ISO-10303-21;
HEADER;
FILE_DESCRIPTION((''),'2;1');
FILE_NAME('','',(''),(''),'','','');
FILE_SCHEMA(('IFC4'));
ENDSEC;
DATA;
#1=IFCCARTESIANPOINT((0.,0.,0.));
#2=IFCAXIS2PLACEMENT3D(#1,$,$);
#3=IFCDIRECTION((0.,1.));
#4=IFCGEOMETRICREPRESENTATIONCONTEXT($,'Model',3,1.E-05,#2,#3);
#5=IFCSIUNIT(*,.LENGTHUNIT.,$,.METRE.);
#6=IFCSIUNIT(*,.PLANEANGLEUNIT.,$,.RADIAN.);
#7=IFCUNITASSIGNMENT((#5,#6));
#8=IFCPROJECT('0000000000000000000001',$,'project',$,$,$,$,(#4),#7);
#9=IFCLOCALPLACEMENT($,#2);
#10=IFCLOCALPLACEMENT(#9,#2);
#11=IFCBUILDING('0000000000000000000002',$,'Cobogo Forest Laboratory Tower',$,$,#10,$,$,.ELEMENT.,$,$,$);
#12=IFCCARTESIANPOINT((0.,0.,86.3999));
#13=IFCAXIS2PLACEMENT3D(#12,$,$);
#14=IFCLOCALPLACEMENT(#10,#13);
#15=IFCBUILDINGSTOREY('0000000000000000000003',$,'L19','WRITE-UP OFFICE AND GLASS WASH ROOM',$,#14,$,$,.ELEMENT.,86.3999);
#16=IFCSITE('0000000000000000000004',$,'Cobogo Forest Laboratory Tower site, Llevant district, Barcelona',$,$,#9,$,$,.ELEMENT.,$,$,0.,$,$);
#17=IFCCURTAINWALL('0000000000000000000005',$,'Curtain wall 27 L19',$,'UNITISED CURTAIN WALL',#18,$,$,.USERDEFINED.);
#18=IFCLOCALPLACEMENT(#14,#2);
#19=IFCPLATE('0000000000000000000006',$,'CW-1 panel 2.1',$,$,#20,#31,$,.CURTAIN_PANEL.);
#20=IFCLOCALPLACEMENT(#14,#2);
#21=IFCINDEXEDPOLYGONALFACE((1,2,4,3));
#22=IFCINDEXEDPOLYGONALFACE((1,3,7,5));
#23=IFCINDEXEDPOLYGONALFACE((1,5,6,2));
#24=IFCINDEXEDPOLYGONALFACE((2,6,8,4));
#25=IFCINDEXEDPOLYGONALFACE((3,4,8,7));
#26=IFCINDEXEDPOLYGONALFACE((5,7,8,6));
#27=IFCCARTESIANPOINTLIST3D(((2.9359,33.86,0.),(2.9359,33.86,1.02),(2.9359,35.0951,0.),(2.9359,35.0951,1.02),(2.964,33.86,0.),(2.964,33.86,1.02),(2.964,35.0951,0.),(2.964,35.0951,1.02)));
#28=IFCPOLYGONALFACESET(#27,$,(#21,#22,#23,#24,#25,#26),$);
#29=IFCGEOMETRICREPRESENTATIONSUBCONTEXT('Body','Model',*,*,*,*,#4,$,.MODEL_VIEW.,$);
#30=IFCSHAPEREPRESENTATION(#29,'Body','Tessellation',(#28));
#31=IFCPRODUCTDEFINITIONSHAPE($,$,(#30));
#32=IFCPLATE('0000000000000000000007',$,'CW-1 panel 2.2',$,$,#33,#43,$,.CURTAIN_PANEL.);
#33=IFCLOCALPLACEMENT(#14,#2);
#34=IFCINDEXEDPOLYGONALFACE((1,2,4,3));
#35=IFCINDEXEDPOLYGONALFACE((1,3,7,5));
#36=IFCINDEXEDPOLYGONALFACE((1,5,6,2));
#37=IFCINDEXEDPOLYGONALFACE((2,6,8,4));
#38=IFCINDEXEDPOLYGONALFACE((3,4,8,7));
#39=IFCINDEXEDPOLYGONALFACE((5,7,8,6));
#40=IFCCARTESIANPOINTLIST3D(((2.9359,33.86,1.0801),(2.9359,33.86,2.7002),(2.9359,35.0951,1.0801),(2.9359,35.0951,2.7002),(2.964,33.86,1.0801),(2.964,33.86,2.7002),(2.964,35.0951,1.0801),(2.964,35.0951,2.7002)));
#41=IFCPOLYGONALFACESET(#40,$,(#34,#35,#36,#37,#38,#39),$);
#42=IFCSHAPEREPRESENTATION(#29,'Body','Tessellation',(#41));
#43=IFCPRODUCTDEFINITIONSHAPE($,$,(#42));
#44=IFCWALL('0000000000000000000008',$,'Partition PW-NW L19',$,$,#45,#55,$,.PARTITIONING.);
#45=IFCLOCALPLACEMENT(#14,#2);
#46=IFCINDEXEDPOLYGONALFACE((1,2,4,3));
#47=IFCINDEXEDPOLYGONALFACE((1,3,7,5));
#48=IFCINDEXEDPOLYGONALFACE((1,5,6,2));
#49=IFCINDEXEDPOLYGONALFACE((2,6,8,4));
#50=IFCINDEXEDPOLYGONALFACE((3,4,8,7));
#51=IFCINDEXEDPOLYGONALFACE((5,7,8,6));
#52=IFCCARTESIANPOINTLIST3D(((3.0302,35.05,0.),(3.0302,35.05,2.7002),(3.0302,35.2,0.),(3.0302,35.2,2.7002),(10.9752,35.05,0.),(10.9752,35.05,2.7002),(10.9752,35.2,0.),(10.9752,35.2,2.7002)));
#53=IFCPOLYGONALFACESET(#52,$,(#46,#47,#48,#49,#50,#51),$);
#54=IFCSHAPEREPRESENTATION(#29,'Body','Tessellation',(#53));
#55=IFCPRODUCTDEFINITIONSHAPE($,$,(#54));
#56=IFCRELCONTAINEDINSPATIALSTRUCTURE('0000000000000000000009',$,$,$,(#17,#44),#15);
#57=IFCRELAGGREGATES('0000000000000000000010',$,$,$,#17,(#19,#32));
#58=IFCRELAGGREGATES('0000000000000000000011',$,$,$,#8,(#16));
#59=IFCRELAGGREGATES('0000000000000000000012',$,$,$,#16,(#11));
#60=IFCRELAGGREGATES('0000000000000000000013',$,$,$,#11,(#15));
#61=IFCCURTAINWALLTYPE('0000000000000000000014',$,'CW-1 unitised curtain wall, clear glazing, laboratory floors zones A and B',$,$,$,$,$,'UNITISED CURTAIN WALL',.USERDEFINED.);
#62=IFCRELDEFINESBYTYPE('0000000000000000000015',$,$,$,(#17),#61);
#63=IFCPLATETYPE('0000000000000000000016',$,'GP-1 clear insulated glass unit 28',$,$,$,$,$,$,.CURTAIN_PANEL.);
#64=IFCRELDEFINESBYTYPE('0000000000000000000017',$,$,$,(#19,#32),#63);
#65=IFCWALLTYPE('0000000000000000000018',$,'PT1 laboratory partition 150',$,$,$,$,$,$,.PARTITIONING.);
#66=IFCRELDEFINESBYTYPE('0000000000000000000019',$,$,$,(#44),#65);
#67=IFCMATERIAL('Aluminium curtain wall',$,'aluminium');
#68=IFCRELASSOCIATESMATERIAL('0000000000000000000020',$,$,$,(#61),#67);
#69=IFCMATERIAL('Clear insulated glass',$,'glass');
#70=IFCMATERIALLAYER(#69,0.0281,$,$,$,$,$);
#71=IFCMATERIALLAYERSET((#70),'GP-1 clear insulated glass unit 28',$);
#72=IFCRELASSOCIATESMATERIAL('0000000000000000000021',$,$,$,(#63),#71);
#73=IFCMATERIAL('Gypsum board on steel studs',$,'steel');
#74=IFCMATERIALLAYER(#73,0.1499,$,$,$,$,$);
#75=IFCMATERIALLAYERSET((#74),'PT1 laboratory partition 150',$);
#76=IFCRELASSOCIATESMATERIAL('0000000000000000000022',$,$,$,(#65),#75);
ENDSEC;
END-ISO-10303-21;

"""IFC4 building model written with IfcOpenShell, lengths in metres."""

from ifc_helpers import new_model, si_unit, direction, frame, frame_2d, origin, origin_2d, place, context, subcontext, project, spatial, rectangle, extrude, material, layer, layer_set, type_object, element, aggregate, save


model = new_model("IFC4")

# Units and contexts
model_context = context("Model", 3, precision=1e-05, world=origin(), true_north=direction((0.0, 1.0)))
body_context = subcontext(model_context, "Body", "Model", "MODEL_VIEW")
ifc_project = project(units=[si_unit("LENGTHUNIT", "METRE"), si_unit("PLANEANGLEUNIT", "RADIAN")], contexts=[model_context])

# Site, building, storey
site_placement = place(None, origin())
site = spatial("IfcSite", under=ifc_project, at=site_placement, Name="Cobogo Forest Laboratory Tower site, Llevant district, Barcelona", CompositionType="ELEMENT", RefElevation=0.0)
building_placement = place(site_placement, origin())
building = spatial("IfcBuilding", under=site, at=building_placement, Name="Cobogo Forest Laboratory Tower", CompositionType="ELEMENT")
storey_placement = place(building_placement, frame((0.0, 0.0, 86.3999)))
storey = spatial("IfcBuildingStorey", under=building, at=storey_placement, Name="L19", Description="WRITE-UP OFFICE AND GLASS WASH ROOM", CompositionType="ELEMENT", Elevation=86.3999)

# Curtain wall
ifc_material_1 = material(Name="Aluminium curtain wall", Category="aluminium")
curtain_wall_type = type_object("IfcCurtainWallType", Name="CW-1 unitised curtain wall, clear glazing, laboratory floors zones A and B", ElementType="UNITISED CURTAIN WALL", PredefinedType="USERDEFINED", material=ifc_material_1)
curtain_wall_1_placement = place(storey_placement, origin())
curtain_wall_1 = element("IfcCurtainWall", 1, at=curtain_wall_1_placement, inside=storey, type_object=curtain_wall_type, Name="Curtain wall 27 L19", ObjectType="UNITISED CURTAIN WALL", PredefinedType="USERDEFINED")

# Plates
ifc_material_2 = material(Name="Clear insulated glass", Category="glass")
ifc_layer_1 = layer(ifc_material_2, 0.0281)
ifc_layer_set_1 = layer_set([ifc_layer_1], Name="GP-1 clear insulated glass unit 28")
plate_type_1 = type_object("IfcPlateType", Name="GP-1 clear insulated glass unit 28", PredefinedType="CURTAIN_PANEL", material=ifc_layer_set_1)
plate_1_placement = place(storey_placement, frame((2.95, 34.4775, 0.0), z_axis=(0.0, 0.0, 1.0), x_axis=(0.0, -1.0, 0.0)))
plate_1 = element("IfcPlate", 2, at=plate_1_placement, type_object=plate_type_1, Name="CW-1 panel 2.1", PredefinedType="CURTAIN_PANEL", context=body_context, shape_type="SweptSolid", body=[
    extrude(rectangle(XDim=1.2351, YDim=0.0281, at=origin_2d()), origin(), (0.0, 0.0, 1.0), 1.02),
])
plate_2_placement = place(storey_placement, frame((2.95, 34.4775, 1.0801), z_axis=(0.0, 0.0, 1.0), x_axis=(0.0, -1.0, 0.0)))
plate_2 = element("IfcPlate", 3, at=plate_2_placement, type_object=plate_type_1, Name="CW-1 panel 2.2", PredefinedType="CURTAIN_PANEL", context=body_context, shape_type="SweptSolid", body=[
    extrude(rectangle(XDim=1.2351, YDim=0.0281, at=origin_2d()), origin(), (0.0, 0.0, 1.0), 1.6201),
])
aggregate(curtain_wall_1, [plate_1, plate_2])

# Wall
ifc_material_3 = material(Name="Gypsum board on steel studs", Category="steel")
ifc_layer_2 = layer(ifc_material_3, 0.1499)
ifc_layer_set_2 = layer_set([ifc_layer_2], Name="PT1 laboratory partition 150")
wall_type = type_object("IfcWallType", Name="PT1 laboratory partition 150", PredefinedType="PARTITIONING", material=ifc_layer_set_2)
wall_placement = place(storey_placement, frame((3.03, 35.125, 0.0), z_axis=(0.0, 0.0, 1.0), x_axis=(1.0, 0.0, 0.0)))
element("IfcWall", 4, at=wall_placement, inside=storey, type_object=wall_type, Name="Partition PW-NW L19", PredefinedType="PARTITIONING", context=body_context, shape_type="SweptSolid", body=[
    extrude(rectangle(XDim=7.9451, YDim=0.1499, at=frame_2d((3.9727, 0.0))), origin(), (0.0, 0.0, 1.0), 2.7002),
])

save(model, "model.ifc")
